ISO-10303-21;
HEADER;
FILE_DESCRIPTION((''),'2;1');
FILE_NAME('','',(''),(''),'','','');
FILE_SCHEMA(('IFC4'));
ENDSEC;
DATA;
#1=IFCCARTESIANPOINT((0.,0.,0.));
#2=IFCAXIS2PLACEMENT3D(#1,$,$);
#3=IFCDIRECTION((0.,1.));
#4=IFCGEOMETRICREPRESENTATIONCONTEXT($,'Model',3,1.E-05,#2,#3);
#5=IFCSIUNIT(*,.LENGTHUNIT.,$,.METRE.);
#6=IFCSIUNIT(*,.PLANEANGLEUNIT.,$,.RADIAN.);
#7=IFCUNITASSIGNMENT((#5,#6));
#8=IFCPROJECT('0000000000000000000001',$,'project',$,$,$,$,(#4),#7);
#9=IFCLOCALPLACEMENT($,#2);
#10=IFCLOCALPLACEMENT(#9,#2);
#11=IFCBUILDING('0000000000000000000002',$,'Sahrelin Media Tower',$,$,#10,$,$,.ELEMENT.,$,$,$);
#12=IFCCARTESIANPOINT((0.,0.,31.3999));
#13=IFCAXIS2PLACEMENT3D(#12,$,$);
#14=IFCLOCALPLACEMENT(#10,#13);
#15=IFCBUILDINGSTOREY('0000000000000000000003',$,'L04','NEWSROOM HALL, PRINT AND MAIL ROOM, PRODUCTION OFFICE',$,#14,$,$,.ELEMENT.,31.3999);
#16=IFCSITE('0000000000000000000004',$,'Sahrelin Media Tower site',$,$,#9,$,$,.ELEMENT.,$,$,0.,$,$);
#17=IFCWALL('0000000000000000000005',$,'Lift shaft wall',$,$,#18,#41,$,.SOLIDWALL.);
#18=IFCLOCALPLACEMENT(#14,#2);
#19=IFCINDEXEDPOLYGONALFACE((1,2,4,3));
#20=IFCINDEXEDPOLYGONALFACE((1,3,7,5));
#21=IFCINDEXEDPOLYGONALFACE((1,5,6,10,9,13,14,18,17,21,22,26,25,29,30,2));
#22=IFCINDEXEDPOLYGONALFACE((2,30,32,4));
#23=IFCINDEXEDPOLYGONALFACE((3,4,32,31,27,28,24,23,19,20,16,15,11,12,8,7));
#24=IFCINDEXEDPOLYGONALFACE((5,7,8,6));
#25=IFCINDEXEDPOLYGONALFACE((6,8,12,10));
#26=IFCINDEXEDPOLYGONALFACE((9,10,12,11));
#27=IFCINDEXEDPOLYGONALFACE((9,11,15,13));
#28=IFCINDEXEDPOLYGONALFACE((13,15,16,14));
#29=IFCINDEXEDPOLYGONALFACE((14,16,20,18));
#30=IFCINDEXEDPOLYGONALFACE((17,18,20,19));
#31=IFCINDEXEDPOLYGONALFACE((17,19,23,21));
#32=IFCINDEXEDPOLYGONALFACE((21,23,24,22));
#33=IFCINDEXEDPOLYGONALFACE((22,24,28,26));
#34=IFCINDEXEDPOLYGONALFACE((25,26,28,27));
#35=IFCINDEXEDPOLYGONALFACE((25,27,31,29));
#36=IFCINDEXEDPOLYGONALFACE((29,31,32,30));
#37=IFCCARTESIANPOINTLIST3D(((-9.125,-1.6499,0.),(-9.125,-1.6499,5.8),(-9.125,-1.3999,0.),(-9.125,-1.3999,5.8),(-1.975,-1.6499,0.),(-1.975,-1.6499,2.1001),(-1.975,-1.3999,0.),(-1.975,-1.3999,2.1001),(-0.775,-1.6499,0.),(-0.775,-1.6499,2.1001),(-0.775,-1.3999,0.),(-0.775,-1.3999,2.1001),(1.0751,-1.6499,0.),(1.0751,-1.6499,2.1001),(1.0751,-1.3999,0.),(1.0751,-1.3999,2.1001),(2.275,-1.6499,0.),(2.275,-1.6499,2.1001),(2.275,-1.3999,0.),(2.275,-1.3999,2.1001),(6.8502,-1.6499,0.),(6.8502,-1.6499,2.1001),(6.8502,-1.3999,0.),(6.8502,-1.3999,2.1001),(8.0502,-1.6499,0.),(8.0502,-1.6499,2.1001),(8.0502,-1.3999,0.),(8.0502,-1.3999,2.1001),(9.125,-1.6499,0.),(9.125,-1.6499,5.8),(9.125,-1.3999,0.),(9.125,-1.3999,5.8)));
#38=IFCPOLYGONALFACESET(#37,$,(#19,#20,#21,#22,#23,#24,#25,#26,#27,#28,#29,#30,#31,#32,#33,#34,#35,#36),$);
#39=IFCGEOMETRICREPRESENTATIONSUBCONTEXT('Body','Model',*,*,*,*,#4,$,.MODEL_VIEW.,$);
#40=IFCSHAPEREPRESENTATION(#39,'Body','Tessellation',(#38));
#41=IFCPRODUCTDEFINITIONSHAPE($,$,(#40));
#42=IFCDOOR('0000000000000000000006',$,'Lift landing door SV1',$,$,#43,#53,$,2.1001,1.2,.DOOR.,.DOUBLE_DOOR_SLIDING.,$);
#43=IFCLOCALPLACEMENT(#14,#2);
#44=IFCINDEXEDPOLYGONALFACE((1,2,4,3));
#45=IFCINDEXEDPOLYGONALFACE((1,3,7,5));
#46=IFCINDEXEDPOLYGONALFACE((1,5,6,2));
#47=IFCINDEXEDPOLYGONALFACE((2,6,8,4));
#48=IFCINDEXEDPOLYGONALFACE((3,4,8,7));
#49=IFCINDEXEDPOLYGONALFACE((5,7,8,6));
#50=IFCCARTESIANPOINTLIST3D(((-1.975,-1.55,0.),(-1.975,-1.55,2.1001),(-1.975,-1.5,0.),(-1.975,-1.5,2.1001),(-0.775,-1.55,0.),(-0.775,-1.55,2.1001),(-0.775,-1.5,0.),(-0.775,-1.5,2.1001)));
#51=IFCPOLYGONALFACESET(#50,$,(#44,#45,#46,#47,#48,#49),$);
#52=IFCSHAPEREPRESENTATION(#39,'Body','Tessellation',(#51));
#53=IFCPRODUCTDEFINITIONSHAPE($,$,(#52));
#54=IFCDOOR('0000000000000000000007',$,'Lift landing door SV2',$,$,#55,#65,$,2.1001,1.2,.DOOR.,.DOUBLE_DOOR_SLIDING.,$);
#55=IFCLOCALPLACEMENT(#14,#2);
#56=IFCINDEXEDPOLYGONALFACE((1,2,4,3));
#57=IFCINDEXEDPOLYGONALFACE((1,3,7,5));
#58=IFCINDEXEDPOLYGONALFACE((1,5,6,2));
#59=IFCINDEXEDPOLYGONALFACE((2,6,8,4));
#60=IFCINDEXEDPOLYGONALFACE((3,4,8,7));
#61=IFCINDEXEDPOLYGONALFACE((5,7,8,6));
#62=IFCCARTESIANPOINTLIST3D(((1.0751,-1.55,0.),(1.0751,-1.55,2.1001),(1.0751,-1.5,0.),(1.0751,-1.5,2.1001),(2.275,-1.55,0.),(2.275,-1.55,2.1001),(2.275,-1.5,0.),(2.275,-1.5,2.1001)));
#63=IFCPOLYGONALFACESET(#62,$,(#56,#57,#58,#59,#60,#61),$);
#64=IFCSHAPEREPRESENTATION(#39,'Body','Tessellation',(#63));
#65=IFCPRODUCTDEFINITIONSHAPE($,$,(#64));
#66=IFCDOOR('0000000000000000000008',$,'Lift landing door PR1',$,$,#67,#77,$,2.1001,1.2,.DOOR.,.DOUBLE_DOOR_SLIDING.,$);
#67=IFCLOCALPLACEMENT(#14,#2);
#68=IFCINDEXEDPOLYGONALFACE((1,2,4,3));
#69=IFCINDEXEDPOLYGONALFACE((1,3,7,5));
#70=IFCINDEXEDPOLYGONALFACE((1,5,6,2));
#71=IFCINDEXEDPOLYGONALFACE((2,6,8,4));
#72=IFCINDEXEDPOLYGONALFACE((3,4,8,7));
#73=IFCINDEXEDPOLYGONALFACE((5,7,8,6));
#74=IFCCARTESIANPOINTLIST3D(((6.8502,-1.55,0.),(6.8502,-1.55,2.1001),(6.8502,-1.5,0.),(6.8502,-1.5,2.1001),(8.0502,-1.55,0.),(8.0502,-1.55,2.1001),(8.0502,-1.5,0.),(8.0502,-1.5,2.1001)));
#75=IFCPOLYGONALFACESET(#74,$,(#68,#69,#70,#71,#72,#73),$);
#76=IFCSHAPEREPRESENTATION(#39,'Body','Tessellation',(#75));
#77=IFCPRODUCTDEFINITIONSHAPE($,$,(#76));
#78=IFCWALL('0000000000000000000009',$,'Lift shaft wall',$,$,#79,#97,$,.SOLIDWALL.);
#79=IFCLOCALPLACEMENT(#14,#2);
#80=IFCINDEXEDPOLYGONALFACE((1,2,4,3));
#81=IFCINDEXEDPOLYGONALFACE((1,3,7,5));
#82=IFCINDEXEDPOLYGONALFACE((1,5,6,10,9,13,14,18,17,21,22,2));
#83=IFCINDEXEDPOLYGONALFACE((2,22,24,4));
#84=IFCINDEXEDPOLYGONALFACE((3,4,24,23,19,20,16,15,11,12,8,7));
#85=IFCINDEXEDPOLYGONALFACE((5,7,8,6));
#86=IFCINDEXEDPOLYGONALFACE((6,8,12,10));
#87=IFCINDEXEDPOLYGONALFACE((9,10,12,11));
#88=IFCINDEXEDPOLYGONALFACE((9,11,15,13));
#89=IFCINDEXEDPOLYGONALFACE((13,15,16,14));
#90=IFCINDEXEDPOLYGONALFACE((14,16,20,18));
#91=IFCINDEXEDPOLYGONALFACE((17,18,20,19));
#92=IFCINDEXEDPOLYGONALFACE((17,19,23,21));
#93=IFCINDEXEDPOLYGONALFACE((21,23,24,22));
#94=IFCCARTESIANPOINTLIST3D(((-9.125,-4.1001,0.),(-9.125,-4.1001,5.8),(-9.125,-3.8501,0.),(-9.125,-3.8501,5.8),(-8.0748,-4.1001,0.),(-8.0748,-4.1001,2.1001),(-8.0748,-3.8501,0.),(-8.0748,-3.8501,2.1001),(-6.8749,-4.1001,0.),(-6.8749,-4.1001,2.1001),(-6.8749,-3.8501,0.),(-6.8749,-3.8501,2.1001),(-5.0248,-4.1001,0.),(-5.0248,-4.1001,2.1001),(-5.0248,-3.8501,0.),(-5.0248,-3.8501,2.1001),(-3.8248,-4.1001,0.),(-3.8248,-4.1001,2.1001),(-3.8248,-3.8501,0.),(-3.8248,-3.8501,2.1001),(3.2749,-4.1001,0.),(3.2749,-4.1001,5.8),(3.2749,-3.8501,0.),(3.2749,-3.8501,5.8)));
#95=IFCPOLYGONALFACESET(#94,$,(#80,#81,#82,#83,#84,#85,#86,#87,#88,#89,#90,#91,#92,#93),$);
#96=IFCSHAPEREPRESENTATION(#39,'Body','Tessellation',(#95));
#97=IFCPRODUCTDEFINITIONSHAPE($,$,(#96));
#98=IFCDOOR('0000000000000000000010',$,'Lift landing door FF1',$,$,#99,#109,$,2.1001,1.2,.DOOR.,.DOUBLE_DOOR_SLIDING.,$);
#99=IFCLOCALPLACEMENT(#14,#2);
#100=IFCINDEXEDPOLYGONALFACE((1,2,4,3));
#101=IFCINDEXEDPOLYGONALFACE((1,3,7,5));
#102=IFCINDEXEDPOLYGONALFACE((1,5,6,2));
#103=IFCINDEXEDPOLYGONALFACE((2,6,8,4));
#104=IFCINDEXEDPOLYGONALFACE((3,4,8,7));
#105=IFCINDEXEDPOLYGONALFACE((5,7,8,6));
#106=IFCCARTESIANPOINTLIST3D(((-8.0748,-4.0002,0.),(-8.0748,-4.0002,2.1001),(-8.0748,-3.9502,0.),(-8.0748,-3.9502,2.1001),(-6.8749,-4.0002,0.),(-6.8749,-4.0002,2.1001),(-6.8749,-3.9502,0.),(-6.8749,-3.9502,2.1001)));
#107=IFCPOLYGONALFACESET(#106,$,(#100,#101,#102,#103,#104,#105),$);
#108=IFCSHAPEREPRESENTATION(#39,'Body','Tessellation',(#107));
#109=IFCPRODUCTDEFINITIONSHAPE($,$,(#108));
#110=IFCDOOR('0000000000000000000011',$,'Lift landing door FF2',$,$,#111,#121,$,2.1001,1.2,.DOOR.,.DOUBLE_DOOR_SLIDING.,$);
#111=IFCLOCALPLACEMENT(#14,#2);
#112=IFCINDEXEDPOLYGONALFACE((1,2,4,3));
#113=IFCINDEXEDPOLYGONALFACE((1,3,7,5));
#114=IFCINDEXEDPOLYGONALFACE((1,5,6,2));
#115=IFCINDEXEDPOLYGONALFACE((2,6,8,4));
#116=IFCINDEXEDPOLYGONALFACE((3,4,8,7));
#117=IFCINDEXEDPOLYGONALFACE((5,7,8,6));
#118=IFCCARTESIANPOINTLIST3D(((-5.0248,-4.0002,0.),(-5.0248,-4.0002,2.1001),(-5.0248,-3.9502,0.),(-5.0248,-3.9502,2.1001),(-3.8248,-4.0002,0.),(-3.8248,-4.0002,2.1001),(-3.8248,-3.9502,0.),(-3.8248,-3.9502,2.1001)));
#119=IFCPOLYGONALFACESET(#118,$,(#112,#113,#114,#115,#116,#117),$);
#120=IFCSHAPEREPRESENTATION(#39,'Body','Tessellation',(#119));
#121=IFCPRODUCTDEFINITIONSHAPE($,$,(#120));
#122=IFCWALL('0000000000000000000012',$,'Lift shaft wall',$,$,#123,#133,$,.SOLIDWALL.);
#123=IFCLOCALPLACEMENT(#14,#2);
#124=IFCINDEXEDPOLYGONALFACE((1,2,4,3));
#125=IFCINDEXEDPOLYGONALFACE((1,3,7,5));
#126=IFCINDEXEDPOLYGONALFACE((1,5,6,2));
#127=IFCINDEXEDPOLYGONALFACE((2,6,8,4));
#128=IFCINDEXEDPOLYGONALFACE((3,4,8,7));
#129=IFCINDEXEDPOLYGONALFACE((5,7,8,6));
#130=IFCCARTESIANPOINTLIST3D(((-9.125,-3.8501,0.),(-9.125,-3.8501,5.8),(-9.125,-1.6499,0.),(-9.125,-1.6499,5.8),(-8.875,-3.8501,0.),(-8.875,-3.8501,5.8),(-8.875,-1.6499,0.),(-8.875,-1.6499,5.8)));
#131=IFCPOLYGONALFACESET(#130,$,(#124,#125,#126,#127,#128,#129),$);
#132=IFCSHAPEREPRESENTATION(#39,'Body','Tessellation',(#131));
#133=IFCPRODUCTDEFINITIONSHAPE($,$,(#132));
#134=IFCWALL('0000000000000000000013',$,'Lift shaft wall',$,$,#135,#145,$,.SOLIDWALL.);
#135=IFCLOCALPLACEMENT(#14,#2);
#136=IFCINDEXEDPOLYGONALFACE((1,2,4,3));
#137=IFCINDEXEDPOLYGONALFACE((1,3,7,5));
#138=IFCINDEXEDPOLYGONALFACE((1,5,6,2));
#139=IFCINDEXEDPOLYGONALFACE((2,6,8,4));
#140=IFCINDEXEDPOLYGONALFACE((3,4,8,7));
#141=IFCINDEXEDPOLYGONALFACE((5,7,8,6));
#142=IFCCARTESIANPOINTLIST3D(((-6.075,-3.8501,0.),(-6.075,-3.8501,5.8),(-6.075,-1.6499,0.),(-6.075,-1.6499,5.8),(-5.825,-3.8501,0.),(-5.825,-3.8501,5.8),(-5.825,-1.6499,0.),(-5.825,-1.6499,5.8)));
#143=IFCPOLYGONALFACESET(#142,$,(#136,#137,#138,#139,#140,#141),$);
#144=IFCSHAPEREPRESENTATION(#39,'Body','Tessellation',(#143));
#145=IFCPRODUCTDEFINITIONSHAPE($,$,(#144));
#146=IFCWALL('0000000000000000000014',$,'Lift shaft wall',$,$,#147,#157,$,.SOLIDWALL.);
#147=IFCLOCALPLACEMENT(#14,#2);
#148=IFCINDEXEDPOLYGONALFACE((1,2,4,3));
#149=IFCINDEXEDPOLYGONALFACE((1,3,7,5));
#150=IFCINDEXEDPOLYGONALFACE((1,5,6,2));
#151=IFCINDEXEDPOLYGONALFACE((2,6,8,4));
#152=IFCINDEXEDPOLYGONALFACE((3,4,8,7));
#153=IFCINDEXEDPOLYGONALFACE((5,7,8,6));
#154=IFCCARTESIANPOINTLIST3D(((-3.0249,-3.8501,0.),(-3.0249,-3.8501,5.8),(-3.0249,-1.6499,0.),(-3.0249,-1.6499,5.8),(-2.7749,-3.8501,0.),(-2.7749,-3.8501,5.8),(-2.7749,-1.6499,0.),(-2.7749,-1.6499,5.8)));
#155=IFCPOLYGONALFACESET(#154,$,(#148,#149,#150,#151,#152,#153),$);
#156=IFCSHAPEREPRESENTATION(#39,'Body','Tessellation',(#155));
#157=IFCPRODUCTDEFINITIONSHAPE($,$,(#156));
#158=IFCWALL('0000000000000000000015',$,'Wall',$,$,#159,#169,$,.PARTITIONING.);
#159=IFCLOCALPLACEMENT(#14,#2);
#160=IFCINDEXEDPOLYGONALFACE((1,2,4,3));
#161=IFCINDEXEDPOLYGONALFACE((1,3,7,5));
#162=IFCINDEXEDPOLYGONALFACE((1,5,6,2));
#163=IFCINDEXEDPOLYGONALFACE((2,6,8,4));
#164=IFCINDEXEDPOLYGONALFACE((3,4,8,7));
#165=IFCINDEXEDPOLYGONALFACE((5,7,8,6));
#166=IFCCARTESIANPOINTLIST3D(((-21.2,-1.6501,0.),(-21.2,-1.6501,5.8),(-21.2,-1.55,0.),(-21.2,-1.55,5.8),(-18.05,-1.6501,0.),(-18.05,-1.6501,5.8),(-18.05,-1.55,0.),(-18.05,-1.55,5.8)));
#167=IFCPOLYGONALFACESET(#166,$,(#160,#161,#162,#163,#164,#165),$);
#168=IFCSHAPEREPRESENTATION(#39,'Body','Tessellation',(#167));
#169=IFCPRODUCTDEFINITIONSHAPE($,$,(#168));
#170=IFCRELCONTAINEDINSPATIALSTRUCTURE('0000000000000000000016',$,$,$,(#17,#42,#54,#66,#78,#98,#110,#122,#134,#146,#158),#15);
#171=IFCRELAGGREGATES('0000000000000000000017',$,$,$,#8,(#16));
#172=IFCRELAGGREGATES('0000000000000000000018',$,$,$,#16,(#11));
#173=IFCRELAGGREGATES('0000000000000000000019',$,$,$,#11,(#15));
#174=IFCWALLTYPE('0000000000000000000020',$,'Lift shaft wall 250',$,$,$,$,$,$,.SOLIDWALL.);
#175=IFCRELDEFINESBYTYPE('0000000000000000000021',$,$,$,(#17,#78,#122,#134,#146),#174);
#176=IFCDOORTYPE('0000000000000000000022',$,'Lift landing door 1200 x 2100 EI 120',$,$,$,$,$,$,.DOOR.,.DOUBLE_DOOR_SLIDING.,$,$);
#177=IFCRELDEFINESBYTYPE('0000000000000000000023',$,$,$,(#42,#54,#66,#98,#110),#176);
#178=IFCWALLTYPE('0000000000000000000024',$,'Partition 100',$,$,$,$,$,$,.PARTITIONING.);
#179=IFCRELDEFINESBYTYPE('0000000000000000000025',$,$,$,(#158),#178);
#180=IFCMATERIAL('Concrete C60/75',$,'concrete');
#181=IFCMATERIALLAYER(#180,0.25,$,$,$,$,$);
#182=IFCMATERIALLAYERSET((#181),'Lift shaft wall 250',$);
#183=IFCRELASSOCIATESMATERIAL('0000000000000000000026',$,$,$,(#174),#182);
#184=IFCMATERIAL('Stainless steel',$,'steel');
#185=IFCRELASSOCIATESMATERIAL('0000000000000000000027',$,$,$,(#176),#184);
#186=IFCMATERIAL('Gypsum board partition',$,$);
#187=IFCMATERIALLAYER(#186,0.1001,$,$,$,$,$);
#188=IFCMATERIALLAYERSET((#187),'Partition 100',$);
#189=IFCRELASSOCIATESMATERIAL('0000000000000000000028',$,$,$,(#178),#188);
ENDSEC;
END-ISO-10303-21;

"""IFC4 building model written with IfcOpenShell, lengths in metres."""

from ifc_helpers import new_model, si_unit, direction, frame, frame_2d, origin, place, context, subcontext, project, spatial, rectangle, extrude, material, layer, layer_set, type_object, element, fill, save


model = new_model("IFC4")

# Units and contexts
model_context = context("Model", 3, precision=1e-05, world=origin(), true_north=direction((0.0, 1.0)))
body_context = subcontext(model_context, "Body", "Model", "MODEL_VIEW")
ifc_project = project(units=[si_unit("LENGTHUNIT", "METRE"), si_unit("PLANEANGLEUNIT", "RADIAN")], contexts=[model_context])

# Site, building, storey
site_placement = place(None, origin())
site = spatial("IfcSite", under=ifc_project, at=site_placement, Name="Sahrelin Media Tower site", CompositionType="ELEMENT", RefElevation=0.0)
building_placement = place(site_placement, origin())
building = spatial("IfcBuilding", under=site, at=building_placement, Name="Sahrelin Media Tower", CompositionType="ELEMENT")
storey_placement = place(building_placement, frame((0.0, 0.0, 31.3999)))
storey = spatial("IfcBuildingStorey", under=building, at=storey_placement, Name="L04", Description="NEWSROOM HALL, PRINT AND MAIL ROOM, PRODUCTION OFFICE", CompositionType="ELEMENT", Elevation=31.3999)

# Shared definitions
ifc_material_1 = material(Name="Concrete C60/75", Category="concrete")

# Walls, openings, doors
ifc_layer_1 = layer(ifc_material_1, 0.25)
ifc_layer_set_1 = layer_set([ifc_layer_1], Name="Lift shaft wall 250")
wall_type_1 = type_object("IfcWallType", Name="Lift shaft wall 250", PredefinedType="SOLIDWALL", material=ifc_layer_set_1)
wall_1_placement = place(storey_placement, frame((-9.125, -1.5249, 0.0), z_axis=(0.0, 0.0, 1.0), x_axis=(1.0, 0.0, 0.0)))
wall_1 = element("IfcWall", 1, at=wall_1_placement, inside=storey, type_object=wall_type_1, Name="Lift shaft wall", PredefinedType="SOLIDWALL", context=body_context, shape_type="SweptSolid", body=[
    extrude(rectangle(XDim=18.25, YDim=0.25, at=frame_2d((9.125, 0.0))), origin(), (0.0, 0.0, 1.0), 5.8),
])
opening_1_placement = place(wall_1_placement, frame((7.1499, 0.0, 0.0)))
opening_1 = element("IfcOpeningElement", 2, at=opening_1_placement, cuts=wall_1, PredefinedType="OPENING", context=body_context, shape_type="SweptSolid", body=[
    extrude(rectangle(XDim=1.2, YDim=2.1001, at=frame_2d((0.6001, 1.05))), frame((0.0, 0.125, 0.0), z_axis=(0.0, -1.0, 0.0), x_axis=(1.0, 0.0, 0.0)), (0.0, 0.0, 1.0), 0.25),
])
opening_2_placement = place(wall_1_placement, frame((10.2, 0.0, 0.0)))
opening_2 = element("IfcOpeningElement", 3, at=opening_2_placement, cuts=wall_1, PredefinedType="OPENING", context=body_context, shape_type="SweptSolid", body=[
    extrude(rectangle(XDim=1.2, YDim=2.1001, at=frame_2d((0.6001, 1.05))), frame((0.0, 0.125, 0.0), z_axis=(0.0, -1.0, 0.0), x_axis=(1.0, 0.0, 0.0)), (0.0, 0.0, 1.0), 0.25),
])
opening_3_placement = place(wall_1_placement, frame((15.9751, 0.0, 0.0)))
opening_3 = element("IfcOpeningElement", 4, at=opening_3_placement, cuts=wall_1, PredefinedType="OPENING", context=body_context, shape_type="SweptSolid", body=[
    extrude(rectangle(XDim=1.2, YDim=2.1001, at=frame_2d((0.6001, 1.05))), frame((0.0, 0.125, 0.0), z_axis=(0.0, -1.0, 0.0), x_axis=(1.0, 0.0, 0.0)), (0.0, 0.0, 1.0), 0.25),
])
ifc_material_2 = material(Name="Stainless steel", Category="steel")
door_type_1 = type_object("IfcDoorType", Name="Lift landing door 1200 x 2100 EI 120", OperationType="DOUBLE_DOOR_SLIDING", PredefinedType="DOOR", material=ifc_material_2)
door_1_placement = place(opening_1_placement, origin())
door_1 = element("IfcDoor", 5, at=door_1_placement, inside=storey, type_object=door_type_1, Name="Lift landing door SV1", OperationType="DOUBLE_DOOR_SLIDING", OverallHeight=2.1001, OverallWidth=1.2, PredefinedType="DOOR", context=body_context, shape_type="SweptSolid", body=[
    extrude(rectangle(XDim=1.2, YDim=2.1001, at=frame_2d((0.6001, 1.05))), frame((0.0, 0.0249, 0.0), z_axis=(0.0, -1.0, 0.0), x_axis=(1.0, 0.0, 0.0)), (0.0, 0.0, 1.0), 0.05),
])
fill(opening_1, door_1)
door_2_placement = place(opening_2_placement, origin())
door_2 = element("IfcDoor", 6, at=door_2_placement, inside=storey, type_object=door_type_1, Name="Lift landing door SV2", OperationType="DOUBLE_DOOR_SLIDING", OverallHeight=2.1001, OverallWidth=1.2, PredefinedType="DOOR", context=body_context, shape_type="SweptSolid", body=[
    extrude(rectangle(XDim=1.2, YDim=2.1001, at=frame_2d((0.6001, 1.05))), frame((0.0, 0.0249, 0.0), z_axis=(0.0, -1.0, 0.0), x_axis=(1.0, 0.0, 0.0)), (0.0, 0.0, 1.0), 0.05),
])
fill(opening_2, door_2)
door_3_placement = place(opening_3_placement, origin())
door_3 = element("IfcDoor", 7, at=door_3_placement, inside=storey, type_object=door_type_1, Name="Lift landing door PR1", OperationType="DOUBLE_DOOR_SLIDING", OverallHeight=2.1001, OverallWidth=1.2, PredefinedType="DOOR", context=body_context, shape_type="SweptSolid", body=[
    extrude(rectangle(XDim=1.2, YDim=2.1001, at=frame_2d((0.6001, 1.05))), frame((0.0, 0.0249, 0.0), z_axis=(0.0, -1.0, 0.0), x_axis=(1.0, 0.0, 0.0)), (0.0, 0.0, 1.0), 0.05),
])
fill(opening_3, door_3)
wall_2_placement = place(storey_placement, frame((-9.125, -3.9751, 0.0), z_axis=(0.0, 0.0, 1.0), x_axis=(1.0, 0.0, 0.0)))
wall_2 = element("IfcWall", 8, at=wall_2_placement, inside=storey, type_object=wall_type_1, Name="Lift shaft wall", PredefinedType="SOLIDWALL", context=body_context, shape_type="SweptSolid", body=[
    extrude(rectangle(XDim=12.3999, YDim=0.25, at=frame_2d((6.2, 0.0))), origin(), (0.0, 0.0, 1.0), 5.8),
])
opening_4_placement = place(wall_2_placement, frame((1.05, 0.0, 0.0)))
opening_4 = element("IfcOpeningElement", 9, at=opening_4_placement, cuts=wall_2, PredefinedType="OPENING", context=body_context, shape_type="SweptSolid", body=[
    extrude(rectangle(XDim=1.2, YDim=2.1001, at=frame_2d((0.6001, 1.05))), frame((0.0, 0.125, 0.0), z_axis=(0.0, -1.0, 0.0), x_axis=(1.0, 0.0, 0.0)), (0.0, 0.0, 1.0), 0.25),
])
opening_5_placement = place(wall_2_placement, frame((4.1001, 0.0, 0.0)))
opening_5 = element("IfcOpeningElement", 10, at=opening_5_placement, cuts=wall_2, PredefinedType="OPENING", context=body_context, shape_type="SweptSolid", body=[
    extrude(rectangle(XDim=1.2, YDim=2.1001, at=frame_2d((0.6001, 1.05))), frame((0.0, 0.125, 0.0), z_axis=(0.0, -1.0, 0.0), x_axis=(1.0, 0.0, 0.0)), (0.0, 0.0, 1.0), 0.25),
])
door_4_placement = place(opening_4_placement, origin())
door_4 = element("IfcDoor", 11, at=door_4_placement, inside=storey, type_object=door_type_1, Name="Lift landing door FF1", OperationType="DOUBLE_DOOR_SLIDING", OverallHeight=2.1001, OverallWidth=1.2, PredefinedType="DOOR", context=body_context, shape_type="SweptSolid", body=[
    extrude(rectangle(XDim=1.2, YDim=2.1001, at=frame_2d((0.6001, 1.05))), frame((0.0, 0.0249, 0.0), z_axis=(0.0, -1.0, 0.0), x_axis=(1.0, 0.0, 0.0)), (0.0, 0.0, 1.0), 0.05),
])
fill(opening_4, door_4)
door_5_placement = place(opening_5_placement, origin())
door_5 = element("IfcDoor", 12, at=door_5_placement, inside=storey, type_object=door_type_1, Name="Lift landing door FF2", OperationType="DOUBLE_DOOR_SLIDING", OverallHeight=2.1001, OverallWidth=1.2, PredefinedType="DOOR", context=body_context, shape_type="SweptSolid", body=[
    extrude(rectangle(XDim=1.2, YDim=2.1001, at=frame_2d((0.6001, 1.05))), frame((0.0, 0.0249, 0.0), z_axis=(0.0, -1.0, 0.0), x_axis=(1.0, 0.0, 0.0)), (0.0, 0.0, 1.0), 0.05),
])
fill(opening_5, door_5)

# Walls
for number, where, z_axis, x_axis, name in (
    (13, (-9.0, -3.8501, 0.0), (0.0, 0.0, 1.0), (0.0, 1.0, 0.0), "Lift shaft wall"),
    (14, (-5.95, -3.8501, 0.0), (0.0, 0.0, 1.0), (0.0, 1.0, 0.0), "Lift shaft wall"),
    (15, (-2.8999, -3.8501, 0.0), (0.0, 0.0, 1.0), (0.0, 1.0, 0.0), "Lift shaft wall"),
):
    element("IfcWall", number, at=place(storey_placement, frame(where, z_axis=z_axis, x_axis=x_axis)), inside=storey, type_object=wall_type_1, Name=name, PredefinedType="SOLIDWALL", context=body_context, shape_type="SweptSolid", body=[
        extrude(rectangle(XDim=2.2002, YDim=0.25, at=frame_2d((1.1001, 0.0))), origin(), (0.0, 0.0, 1.0), 5.8),
    ])
ifc_material_3 = material(Name="Gypsum board partition")
ifc_layer_2 = layer(ifc_material_3, 0.1001)
ifc_layer_set_2 = layer_set([ifc_layer_2], Name="Partition 100")
wall_type_2 = type_object("IfcWallType", Name="Partition 100", PredefinedType="PARTITIONING", material=ifc_layer_set_2)
wall_3_placement = place(storey_placement, frame((-18.05, -1.6001, 0.0), z_axis=(0.0, 0.0, 1.0), x_axis=(-1.0, 0.0, 0.0)))
element("IfcWall", 16, at=wall_3_placement, inside=storey, type_object=wall_type_2, Name="Wall", PredefinedType="PARTITIONING", context=body_context, shape_type="SweptSolid", body=[
    extrude(rectangle(XDim=3.1499, YDim=0.1001, at=frame_2d((1.575, 0.0))), origin(), (0.0, 0.0, 1.0), 5.8),
])

save(model, "model.ifc")
